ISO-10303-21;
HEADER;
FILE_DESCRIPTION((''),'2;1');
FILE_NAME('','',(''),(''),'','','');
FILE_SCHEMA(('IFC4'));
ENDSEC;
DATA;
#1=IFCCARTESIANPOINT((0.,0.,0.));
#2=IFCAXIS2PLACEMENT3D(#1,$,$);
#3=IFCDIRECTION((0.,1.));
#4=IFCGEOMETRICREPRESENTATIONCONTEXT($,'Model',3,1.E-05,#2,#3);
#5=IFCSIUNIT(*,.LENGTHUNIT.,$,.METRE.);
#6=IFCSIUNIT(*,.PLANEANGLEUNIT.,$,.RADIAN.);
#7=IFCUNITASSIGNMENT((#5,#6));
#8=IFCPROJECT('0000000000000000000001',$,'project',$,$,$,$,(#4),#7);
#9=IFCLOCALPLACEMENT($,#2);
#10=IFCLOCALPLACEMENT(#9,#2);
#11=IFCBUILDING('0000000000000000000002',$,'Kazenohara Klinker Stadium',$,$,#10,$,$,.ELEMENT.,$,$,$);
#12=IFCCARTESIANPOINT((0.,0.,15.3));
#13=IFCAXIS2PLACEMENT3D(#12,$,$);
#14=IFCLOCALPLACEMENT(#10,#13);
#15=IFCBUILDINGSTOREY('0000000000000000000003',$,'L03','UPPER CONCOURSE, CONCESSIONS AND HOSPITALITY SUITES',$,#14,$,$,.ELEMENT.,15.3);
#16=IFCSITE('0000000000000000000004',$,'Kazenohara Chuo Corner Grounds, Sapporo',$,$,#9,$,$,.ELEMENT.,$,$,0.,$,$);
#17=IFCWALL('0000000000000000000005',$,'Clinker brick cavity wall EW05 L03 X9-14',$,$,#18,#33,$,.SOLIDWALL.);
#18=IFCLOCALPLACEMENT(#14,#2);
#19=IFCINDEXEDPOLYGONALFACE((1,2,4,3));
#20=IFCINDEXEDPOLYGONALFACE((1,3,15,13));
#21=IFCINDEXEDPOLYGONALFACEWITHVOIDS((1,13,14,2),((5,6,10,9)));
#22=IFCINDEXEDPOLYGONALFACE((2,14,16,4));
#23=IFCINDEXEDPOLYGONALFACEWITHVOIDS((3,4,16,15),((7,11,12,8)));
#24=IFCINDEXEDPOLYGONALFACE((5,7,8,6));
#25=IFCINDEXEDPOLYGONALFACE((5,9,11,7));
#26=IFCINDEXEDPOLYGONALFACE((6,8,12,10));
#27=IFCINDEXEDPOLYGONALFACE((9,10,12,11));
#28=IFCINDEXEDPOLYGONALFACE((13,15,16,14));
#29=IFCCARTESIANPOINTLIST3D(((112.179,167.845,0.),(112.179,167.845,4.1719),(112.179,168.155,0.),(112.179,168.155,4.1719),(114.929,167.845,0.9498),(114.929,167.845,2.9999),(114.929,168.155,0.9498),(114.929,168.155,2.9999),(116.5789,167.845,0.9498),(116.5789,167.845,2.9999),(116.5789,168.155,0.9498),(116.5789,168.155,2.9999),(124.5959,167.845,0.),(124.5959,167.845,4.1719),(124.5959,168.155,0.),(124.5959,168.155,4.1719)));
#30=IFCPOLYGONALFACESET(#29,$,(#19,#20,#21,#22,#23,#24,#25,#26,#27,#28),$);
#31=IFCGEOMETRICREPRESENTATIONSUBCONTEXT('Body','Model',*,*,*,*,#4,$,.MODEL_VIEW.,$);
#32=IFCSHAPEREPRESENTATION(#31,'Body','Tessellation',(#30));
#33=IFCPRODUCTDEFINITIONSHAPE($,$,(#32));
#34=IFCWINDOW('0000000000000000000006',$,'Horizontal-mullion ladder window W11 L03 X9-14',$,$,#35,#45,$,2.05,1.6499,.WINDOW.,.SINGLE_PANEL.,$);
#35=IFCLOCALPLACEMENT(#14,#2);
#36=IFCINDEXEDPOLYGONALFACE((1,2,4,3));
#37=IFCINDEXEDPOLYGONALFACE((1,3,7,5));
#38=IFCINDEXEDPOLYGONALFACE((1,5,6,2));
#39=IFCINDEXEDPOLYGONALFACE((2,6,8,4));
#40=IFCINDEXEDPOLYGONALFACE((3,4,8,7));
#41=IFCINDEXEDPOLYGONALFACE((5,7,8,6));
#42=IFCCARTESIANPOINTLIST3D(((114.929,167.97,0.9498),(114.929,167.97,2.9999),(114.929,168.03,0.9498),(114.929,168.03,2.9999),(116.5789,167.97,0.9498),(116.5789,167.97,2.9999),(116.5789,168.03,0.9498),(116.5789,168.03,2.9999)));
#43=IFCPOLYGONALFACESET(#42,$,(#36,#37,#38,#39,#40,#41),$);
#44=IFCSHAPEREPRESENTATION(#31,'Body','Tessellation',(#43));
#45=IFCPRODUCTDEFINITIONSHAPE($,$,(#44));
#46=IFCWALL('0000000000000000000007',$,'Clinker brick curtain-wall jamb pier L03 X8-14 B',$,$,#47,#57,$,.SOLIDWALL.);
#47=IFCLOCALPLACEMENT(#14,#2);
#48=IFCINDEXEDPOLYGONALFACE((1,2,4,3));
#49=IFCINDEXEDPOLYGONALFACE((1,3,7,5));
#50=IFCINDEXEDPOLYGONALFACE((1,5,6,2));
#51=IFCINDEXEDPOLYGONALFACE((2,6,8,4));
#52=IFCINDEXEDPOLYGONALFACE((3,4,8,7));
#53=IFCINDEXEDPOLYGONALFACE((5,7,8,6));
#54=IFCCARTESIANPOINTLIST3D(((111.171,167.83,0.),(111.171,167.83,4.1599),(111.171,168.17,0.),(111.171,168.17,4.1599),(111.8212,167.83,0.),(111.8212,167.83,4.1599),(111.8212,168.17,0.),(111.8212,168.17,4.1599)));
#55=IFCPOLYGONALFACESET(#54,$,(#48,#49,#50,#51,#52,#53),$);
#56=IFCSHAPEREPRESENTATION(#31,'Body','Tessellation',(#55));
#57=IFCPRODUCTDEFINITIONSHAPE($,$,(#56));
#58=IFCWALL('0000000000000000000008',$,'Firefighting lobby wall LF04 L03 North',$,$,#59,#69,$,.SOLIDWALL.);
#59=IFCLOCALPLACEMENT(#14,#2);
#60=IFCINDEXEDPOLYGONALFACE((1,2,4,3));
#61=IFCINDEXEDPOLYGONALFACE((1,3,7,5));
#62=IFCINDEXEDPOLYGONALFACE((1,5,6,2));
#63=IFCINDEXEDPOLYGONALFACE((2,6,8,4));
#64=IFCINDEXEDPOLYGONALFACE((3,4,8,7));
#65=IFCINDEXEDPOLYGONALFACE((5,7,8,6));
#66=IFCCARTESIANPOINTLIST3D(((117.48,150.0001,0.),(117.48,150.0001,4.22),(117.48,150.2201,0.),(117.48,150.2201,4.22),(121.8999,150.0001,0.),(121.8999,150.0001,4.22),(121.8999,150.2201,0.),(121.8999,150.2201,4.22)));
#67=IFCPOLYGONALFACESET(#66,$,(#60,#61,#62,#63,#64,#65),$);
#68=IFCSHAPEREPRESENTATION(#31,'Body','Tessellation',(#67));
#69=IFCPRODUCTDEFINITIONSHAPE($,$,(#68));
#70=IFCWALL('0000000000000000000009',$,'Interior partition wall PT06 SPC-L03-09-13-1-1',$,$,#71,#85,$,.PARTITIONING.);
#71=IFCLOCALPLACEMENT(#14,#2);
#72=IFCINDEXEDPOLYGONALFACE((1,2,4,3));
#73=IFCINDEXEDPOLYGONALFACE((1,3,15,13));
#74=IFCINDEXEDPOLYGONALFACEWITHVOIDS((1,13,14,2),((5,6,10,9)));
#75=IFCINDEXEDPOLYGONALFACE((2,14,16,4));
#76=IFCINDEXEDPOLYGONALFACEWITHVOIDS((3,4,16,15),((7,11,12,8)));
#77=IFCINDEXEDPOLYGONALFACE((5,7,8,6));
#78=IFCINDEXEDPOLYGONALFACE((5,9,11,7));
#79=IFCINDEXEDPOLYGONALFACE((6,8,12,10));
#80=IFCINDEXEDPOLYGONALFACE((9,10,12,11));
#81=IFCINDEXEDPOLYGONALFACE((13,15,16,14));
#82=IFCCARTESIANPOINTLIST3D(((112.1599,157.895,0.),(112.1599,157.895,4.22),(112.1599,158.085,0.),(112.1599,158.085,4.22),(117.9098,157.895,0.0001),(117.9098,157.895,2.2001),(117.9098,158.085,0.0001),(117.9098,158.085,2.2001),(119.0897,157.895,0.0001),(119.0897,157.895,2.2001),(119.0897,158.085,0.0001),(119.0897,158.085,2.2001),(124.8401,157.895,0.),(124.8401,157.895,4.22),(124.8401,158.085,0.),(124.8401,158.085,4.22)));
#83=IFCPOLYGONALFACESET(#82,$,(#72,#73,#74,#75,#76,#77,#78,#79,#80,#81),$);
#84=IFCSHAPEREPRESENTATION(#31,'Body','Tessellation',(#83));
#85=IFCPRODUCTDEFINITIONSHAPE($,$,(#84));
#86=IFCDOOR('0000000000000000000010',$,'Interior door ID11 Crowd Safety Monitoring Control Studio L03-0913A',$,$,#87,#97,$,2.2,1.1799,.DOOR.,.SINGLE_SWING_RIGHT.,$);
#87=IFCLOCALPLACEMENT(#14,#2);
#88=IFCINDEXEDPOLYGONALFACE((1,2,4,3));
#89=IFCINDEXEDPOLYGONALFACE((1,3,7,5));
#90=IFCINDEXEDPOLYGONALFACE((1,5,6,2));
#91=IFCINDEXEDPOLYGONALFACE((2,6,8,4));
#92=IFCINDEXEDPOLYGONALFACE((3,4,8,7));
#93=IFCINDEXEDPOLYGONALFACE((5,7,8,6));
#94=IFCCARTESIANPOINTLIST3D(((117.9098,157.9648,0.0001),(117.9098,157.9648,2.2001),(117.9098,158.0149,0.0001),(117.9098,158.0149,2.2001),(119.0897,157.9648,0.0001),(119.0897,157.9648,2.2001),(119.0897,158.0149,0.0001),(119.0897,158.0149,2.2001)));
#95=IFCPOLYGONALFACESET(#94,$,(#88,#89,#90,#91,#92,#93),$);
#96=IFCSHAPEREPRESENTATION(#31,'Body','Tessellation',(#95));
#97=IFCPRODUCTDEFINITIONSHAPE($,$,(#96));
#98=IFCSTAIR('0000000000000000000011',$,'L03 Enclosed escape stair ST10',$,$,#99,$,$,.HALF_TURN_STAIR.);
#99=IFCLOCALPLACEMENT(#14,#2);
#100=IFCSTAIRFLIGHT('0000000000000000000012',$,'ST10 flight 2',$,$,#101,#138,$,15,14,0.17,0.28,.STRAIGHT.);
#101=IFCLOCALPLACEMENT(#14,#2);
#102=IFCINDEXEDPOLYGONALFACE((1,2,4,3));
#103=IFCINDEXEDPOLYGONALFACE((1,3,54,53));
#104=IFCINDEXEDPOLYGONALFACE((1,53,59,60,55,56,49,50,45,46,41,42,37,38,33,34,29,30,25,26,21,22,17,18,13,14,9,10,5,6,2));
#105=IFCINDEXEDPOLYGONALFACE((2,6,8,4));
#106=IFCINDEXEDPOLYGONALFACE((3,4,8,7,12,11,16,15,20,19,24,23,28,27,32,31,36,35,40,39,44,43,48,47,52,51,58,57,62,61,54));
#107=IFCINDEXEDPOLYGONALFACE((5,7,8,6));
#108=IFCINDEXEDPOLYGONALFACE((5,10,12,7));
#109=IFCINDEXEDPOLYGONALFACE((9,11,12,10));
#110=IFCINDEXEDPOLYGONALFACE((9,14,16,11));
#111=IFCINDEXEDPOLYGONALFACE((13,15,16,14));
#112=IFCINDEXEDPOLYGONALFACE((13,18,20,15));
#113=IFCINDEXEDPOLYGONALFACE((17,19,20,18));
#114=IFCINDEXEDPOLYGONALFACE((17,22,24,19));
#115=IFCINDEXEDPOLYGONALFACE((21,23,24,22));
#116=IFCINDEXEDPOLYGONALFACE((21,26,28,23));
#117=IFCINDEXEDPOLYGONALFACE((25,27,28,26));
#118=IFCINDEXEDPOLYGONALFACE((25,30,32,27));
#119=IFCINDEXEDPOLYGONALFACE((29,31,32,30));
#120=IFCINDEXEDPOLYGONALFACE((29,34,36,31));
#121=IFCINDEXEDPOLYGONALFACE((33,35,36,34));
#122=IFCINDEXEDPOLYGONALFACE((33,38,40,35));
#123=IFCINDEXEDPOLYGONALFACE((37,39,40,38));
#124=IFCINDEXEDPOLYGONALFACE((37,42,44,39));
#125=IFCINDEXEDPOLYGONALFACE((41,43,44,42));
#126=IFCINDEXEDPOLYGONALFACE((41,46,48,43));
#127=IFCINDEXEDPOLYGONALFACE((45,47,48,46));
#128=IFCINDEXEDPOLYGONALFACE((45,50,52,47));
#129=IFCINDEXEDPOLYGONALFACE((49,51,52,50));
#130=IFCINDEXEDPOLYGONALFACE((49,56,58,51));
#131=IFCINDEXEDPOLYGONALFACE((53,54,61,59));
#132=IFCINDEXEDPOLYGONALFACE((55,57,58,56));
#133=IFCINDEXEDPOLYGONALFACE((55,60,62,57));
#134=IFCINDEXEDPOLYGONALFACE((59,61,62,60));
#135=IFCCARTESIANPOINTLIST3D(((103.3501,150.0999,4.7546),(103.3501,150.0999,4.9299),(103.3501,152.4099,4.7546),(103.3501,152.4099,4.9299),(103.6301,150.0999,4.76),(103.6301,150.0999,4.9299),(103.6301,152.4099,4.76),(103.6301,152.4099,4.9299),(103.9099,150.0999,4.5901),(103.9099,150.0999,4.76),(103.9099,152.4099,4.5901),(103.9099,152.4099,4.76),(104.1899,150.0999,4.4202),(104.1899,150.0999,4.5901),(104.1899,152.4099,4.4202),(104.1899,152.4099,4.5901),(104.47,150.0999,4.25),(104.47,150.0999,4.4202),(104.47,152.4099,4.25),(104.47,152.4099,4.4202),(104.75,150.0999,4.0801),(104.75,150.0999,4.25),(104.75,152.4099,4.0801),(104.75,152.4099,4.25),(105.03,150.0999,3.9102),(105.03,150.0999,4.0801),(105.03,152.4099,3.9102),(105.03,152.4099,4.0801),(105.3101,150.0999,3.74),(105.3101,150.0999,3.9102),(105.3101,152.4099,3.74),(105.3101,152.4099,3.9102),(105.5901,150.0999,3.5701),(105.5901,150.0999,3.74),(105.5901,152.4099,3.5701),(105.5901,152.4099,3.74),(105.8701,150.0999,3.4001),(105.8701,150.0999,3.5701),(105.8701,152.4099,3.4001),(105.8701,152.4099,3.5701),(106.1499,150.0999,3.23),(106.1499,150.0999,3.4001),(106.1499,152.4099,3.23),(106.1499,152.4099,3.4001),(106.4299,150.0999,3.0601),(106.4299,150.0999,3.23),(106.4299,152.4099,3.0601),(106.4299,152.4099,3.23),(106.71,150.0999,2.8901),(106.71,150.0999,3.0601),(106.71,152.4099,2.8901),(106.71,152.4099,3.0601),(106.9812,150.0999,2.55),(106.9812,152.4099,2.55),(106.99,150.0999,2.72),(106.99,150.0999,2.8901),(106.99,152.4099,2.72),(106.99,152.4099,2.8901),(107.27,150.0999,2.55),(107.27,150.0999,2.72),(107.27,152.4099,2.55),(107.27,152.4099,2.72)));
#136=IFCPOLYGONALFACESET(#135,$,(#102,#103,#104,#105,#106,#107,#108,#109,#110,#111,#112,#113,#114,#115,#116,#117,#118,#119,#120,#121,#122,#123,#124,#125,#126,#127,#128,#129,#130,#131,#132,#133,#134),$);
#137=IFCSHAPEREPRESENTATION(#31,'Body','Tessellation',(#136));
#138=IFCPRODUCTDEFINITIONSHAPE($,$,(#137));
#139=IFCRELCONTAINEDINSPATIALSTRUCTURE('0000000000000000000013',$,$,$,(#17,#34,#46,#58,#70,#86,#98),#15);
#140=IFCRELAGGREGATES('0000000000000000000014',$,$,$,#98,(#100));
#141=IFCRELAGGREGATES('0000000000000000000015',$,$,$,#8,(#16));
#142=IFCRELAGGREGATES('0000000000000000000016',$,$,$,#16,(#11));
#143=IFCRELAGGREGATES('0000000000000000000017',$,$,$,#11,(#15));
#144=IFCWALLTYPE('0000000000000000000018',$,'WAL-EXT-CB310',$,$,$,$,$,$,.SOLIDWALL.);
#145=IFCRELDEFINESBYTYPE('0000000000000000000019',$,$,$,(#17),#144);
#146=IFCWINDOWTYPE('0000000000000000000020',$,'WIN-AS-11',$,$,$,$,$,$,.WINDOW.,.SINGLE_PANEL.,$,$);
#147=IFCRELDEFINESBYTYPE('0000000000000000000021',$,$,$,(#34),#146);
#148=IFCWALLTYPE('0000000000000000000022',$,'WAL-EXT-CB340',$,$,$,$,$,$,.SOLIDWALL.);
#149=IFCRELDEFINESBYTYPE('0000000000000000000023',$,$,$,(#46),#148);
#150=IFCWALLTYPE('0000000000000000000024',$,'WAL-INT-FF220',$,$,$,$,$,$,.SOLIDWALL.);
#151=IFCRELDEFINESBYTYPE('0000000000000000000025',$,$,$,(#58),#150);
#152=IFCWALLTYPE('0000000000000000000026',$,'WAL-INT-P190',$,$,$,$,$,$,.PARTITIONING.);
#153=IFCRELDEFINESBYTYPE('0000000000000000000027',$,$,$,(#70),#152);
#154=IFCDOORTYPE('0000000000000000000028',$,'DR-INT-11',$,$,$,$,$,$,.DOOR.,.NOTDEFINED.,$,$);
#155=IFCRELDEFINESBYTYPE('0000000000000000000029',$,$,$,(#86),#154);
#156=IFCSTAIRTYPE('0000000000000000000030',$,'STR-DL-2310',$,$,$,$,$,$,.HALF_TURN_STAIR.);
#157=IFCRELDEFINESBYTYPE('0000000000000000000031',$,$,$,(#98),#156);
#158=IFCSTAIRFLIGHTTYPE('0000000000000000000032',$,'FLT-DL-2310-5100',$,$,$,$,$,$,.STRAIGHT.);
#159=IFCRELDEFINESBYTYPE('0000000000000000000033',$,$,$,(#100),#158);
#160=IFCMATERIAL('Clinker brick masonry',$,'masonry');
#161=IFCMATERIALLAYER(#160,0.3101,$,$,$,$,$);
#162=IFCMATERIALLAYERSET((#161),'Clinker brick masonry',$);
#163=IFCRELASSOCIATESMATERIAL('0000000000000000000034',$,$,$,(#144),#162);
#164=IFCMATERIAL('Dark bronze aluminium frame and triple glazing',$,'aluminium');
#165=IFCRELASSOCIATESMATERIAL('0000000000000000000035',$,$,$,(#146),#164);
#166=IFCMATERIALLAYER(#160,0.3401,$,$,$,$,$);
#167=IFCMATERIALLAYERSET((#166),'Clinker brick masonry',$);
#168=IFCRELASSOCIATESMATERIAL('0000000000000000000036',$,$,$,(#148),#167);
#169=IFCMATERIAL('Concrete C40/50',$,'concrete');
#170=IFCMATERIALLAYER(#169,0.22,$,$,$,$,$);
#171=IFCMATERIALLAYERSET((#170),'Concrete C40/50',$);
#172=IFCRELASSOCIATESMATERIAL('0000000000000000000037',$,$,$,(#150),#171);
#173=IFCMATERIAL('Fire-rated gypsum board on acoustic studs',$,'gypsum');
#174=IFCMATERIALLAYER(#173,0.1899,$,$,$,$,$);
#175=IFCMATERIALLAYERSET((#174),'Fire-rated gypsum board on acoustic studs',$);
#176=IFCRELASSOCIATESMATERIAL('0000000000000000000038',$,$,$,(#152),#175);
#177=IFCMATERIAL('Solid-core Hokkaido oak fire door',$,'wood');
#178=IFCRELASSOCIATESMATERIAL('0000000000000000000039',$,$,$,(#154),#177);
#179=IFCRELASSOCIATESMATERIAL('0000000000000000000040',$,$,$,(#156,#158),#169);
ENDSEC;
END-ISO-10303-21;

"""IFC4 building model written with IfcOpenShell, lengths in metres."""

from ifc_helpers import new_model, si_unit, direction, frame, frame_2d, origin, place, context, subcontext, project, spatial, polyline, rectangle, outline, extrude, material, layer, layer_set, type_object, element, fill, aggregate, save


model = new_model("IFC4")

# Units and contexts
model_context = context("Model", 3, precision=1e-05, world=origin(), true_north=direction((0.0, 1.0)))
body_context = subcontext(model_context, "Body", "Model", "MODEL_VIEW")
ifc_project = project(units=[si_unit("LENGTHUNIT", "METRE"), si_unit("PLANEANGLEUNIT", "RADIAN")], contexts=[model_context])

# Site, building, storey
site_placement = place(None, origin())
site = spatial("IfcSite", under=ifc_project, at=site_placement, Name="Kazenohara Chuo Corner Grounds, Sapporo", CompositionType="ELEMENT", RefElevation=0.0)
building_placement = place(site_placement, origin())
building = spatial("IfcBuilding", under=site, at=building_placement, Name="Kazenohara Klinker Stadium", CompositionType="ELEMENT")
storey_placement = place(building_placement, frame((0.0, 0.0, 15.3)))
storey = spatial("IfcBuildingStorey", under=building, at=storey_placement, Name="L03", Description="UPPER CONCOURSE, CONCESSIONS AND HOSPITALITY SUITES", CompositionType="ELEMENT", Elevation=15.3)

# Shared definitions
ifc_material_1 = material(Name="Concrete C40/50", Category="concrete")

# Wall, opening, window
ifc_material_2 = material(Name="Clinker brick masonry", Category="masonry")
ifc_layer_1 = layer(ifc_material_2, 0.3101)
ifc_layer_set_1 = layer_set([ifc_layer_1], Name="Clinker brick masonry")
wall_type_1 = type_object("IfcWallType", Name="WAL-EXT-CB310", PredefinedType="SOLIDWALL", material=ifc_layer_set_1)
wall_1_placement = place(storey_placement, frame((112.179, 168.0, 0.0), z_axis=(0.0, 0.0, 1.0), x_axis=(1.0, 0.0, 0.0)))
wall_1 = element("IfcWall", 1, at=wall_1_placement, inside=storey, type_object=wall_type_1, Name="Clinker brick cavity wall EW05 L03 X9-14", PredefinedType="SOLIDWALL", context=body_context, shape_type="SweptSolid", body=[
    extrude(rectangle(XDim=12.417, YDim=0.3101, at=frame_2d((6.2085, 0.0))), origin(), (0.0, 0.0, 1.0), 4.1719),
])
opening_1_placement = place(wall_1_placement, frame((2.75, 0.0, 0.95)))
opening_1 = element("IfcOpeningElement", 2, at=opening_1_placement, cuts=wall_1, PredefinedType="OPENING", context=body_context, shape_type="SweptSolid", body=[
    extrude(rectangle(XDim=1.6499, YDim=2.05, at=frame_2d((0.825, 1.0249))), frame((0.0, 0.165, 0.0), z_axis=(0.0, -1.0, 0.0), x_axis=(1.0, 0.0, 0.0)), (0.0, 0.0, 1.0), 0.3301),
])
ifc_material_3 = material(Name="Dark bronze aluminium frame and triple glazing", Category="aluminium")
window_type = type_object("IfcWindowType", Name="WIN-AS-11", PartitioningType="SINGLE_PANEL", PredefinedType="WINDOW", material=ifc_material_3)
window_placement = place(opening_1_placement, origin())
window = element("IfcWindow", 3, at=window_placement, inside=storey, type_object=window_type, Name="Horizontal-mullion ladder window W11 L03 X9-14", OverallHeight=2.05, OverallWidth=1.6499, PartitioningType="SINGLE_PANEL", PredefinedType="WINDOW", context=body_context, shape_type="SweptSolid", body=[
    extrude(rectangle(XDim=1.6499, YDim=2.05, at=frame_2d((0.825, 1.0249))), frame((0.0, 0.03, 0.0), z_axis=(0.0, -1.0, 0.0), x_axis=(1.0, 0.0, 0.0)), (0.0, 0.0, 1.0), 0.0601),
])
fill(opening_1, window)

# Walls
ifc_layer_2 = layer(ifc_material_2, 0.3401)
ifc_layer_set_2 = layer_set([ifc_layer_2], Name="Clinker brick masonry")
wall_type_2 = type_object("IfcWallType", Name="WAL-EXT-CB340", PredefinedType="SOLIDWALL", material=ifc_layer_set_2)
wall_2_placement = place(storey_placement, frame((111.1709, 168.0, 0.0), z_axis=(0.0, 0.0, 1.0), x_axis=(1.0, 0.0, 0.0)))
element("IfcWall", 4, at=wall_2_placement, inside=storey, type_object=wall_type_2, Name="Clinker brick curtain-wall jamb pier L03 X8-14 B", PredefinedType="SOLIDWALL", context=body_context, shape_type="SweptSolid", body=[
    extrude(rectangle(XDim=0.6501, YDim=0.3401, at=frame_2d((0.3252, 0.0))), origin(), (0.0, 0.0, 1.0), 4.1599),
])
ifc_layer_3 = layer(ifc_material_1, 0.22)
ifc_layer_set_3 = layer_set([ifc_layer_3], Name="Concrete C40/50")
wall_type_3 = type_object("IfcWallType", Name="WAL-INT-FF220", PredefinedType="SOLIDWALL", material=ifc_layer_set_3)
wall_3_placement = place(storey_placement, frame((117.48, 150.1101, 0.0), z_axis=(0.0, 0.0, 1.0), x_axis=(1.0, 0.0, 0.0)))
element("IfcWall", 5, at=wall_3_placement, inside=storey, type_object=wall_type_3, Name="Firefighting lobby wall LF04 L03 North", PredefinedType="SOLIDWALL", context=body_context, shape_type="SweptSolid", body=[
    extrude(rectangle(XDim=4.4199, YDim=0.22, at=frame_2d((2.21, 0.0))), origin(), (0.0, 0.0, 1.0), 4.22),
])

# Wall, opening, door
ifc_material_4 = material(Name="Fire-rated gypsum board on acoustic studs", Category="gypsum")
ifc_layer_4 = layer(ifc_material_4, 0.1899)
ifc_layer_set_4 = layer_set([ifc_layer_4], Name="Fire-rated gypsum board on acoustic studs")
wall_type_4 = type_object("IfcWallType", Name="WAL-INT-P190", PredefinedType="PARTITIONING", material=ifc_layer_set_4)
wall_4_placement = place(storey_placement, frame((112.1599, 157.99, 0.0), z_axis=(0.0, 0.0, 1.0), x_axis=(1.0, 0.0, 0.0)))
wall_4 = element("IfcWall", 6, at=wall_4_placement, inside=storey, type_object=wall_type_4, Name="Interior partition wall PT06 SPC-L03-09-13-1-1", PredefinedType="PARTITIONING", context=body_context, shape_type="SweptSolid", body=[
    extrude(rectangle(XDim=12.6802, YDim=0.1899, at=frame_2d((6.3401, 0.0))), origin(), (0.0, 0.0, 1.0), 4.22),
])
opening_2_placement = place(wall_4_placement, frame((5.75, 0.0, 0.0)))
opening_2 = element("IfcOpeningElement", 7, at=opening_2_placement, cuts=wall_4, PredefinedType="OPENING", context=body_context, shape_type="SweptSolid", body=[
    extrude(rectangle(XDim=1.1799, YDim=2.2, at=frame_2d((0.5898, 1.1001))), frame((0.0, 0.105, 0.0), z_axis=(0.0, -1.0, 0.0), x_axis=(1.0, 0.0, 0.0)), (0.0, 0.0, 1.0), 0.21),
])
ifc_material_5 = material(Name="Solid-core Hokkaido oak fire door", Category="wood")
door_type = type_object("IfcDoorType", Name="DR-INT-11", OperationType="NOTDEFINED", PredefinedType="DOOR", material=ifc_material_5)
door_placement = place(opening_2_placement, origin())
door = element("IfcDoor", 8, at=door_placement, inside=storey, type_object=door_type, Name="Interior door ID11 Crowd Safety Monitoring Control Studio L03-0913A", OperationType="SINGLE_SWING_RIGHT", OverallHeight=2.2, OverallWidth=1.1799, PredefinedType="DOOR", context=body_context, shape_type="SweptSolid", body=[
    extrude(rectangle(XDim=1.1799, YDim=2.2, at=frame_2d((0.5898, 1.1001))), frame((0.0, 0.0249, 0.0), z_axis=(0.0, -1.0, 0.0), x_axis=(1.0, 0.0, 0.0)), (0.0, 0.0, 1.0), 0.05),
])
fill(opening_2, door)

# Stair, stair flight
stair_type = type_object("IfcStairType", Name="STR-DL-2310", PredefinedType="HALF_TURN_STAIR", material=ifc_material_1)
stair_placement = place(storey_placement, origin())
stair = element("IfcStair", 9, at=stair_placement, inside=storey, type_object=stair_type, Name="L03 Enclosed escape stair ST10", PredefinedType="HALF_TURN_STAIR")
stair_flight_type = type_object("IfcStairFlightType", Name="FLT-DL-2310-5100", PredefinedType="STRAIGHT", material=ifc_material_1)
stair_flight_placement = place(storey_placement, frame((107.27, 151.2549, 2.55), z_axis=(0.0, 0.0, 1.0), x_axis=(-1.0, 0.0, 0.0)))
stair_flight = element("IfcStairFlight", 10, at=stair_flight_placement, type_object=stair_flight_type, Name="ST10 flight 2", NumberOfRisers=15, NumberOfTreads=14, PredefinedType="STRAIGHT", RiserHeight=0.17, TreadLength=0.28, context=body_context, shape_type="SweptSolid", body=[
    extrude(outline(polyline([(0.0, 0.0), (0.0, 0.1699), (0.28, 0.1699), (0.28, 0.3401), (0.5601, 0.3401), (0.5601, 0.51), (0.8401, 0.51), (0.8401, 0.6799), (1.1201, 0.6799), (1.1201, 0.8501), (1.3999, 0.8501), (1.3999, 1.02), (1.6799, 1.02), (1.6799, 1.1899), (1.96, 1.1899), (1.96, 1.3601), (2.24, 1.3601), (2.24, 1.53), (2.52, 1.53), (2.52, 1.7), (2.8, 1.7), (2.8, 1.8701), (3.0801, 1.8701), (3.0801, 2.04), (3.3601, 2.04), (3.3601, 2.21), (3.6399, 2.21), (3.6399, 2.3799), (3.9199, 2.3799), (3.9199, 2.55), (3.9199, 2.2046), (0.2888, 0.0), (0.0, 0.0)])), frame((0.0, 1.155, 0.0), z_axis=(0.0, -1.0, 0.0), x_axis=(1.0, 0.0, 0.0)), (0.0, 0.0, 1.0), 2.3101),
])
aggregate(stair, [stair_flight])

save(model, "model.ifc")
